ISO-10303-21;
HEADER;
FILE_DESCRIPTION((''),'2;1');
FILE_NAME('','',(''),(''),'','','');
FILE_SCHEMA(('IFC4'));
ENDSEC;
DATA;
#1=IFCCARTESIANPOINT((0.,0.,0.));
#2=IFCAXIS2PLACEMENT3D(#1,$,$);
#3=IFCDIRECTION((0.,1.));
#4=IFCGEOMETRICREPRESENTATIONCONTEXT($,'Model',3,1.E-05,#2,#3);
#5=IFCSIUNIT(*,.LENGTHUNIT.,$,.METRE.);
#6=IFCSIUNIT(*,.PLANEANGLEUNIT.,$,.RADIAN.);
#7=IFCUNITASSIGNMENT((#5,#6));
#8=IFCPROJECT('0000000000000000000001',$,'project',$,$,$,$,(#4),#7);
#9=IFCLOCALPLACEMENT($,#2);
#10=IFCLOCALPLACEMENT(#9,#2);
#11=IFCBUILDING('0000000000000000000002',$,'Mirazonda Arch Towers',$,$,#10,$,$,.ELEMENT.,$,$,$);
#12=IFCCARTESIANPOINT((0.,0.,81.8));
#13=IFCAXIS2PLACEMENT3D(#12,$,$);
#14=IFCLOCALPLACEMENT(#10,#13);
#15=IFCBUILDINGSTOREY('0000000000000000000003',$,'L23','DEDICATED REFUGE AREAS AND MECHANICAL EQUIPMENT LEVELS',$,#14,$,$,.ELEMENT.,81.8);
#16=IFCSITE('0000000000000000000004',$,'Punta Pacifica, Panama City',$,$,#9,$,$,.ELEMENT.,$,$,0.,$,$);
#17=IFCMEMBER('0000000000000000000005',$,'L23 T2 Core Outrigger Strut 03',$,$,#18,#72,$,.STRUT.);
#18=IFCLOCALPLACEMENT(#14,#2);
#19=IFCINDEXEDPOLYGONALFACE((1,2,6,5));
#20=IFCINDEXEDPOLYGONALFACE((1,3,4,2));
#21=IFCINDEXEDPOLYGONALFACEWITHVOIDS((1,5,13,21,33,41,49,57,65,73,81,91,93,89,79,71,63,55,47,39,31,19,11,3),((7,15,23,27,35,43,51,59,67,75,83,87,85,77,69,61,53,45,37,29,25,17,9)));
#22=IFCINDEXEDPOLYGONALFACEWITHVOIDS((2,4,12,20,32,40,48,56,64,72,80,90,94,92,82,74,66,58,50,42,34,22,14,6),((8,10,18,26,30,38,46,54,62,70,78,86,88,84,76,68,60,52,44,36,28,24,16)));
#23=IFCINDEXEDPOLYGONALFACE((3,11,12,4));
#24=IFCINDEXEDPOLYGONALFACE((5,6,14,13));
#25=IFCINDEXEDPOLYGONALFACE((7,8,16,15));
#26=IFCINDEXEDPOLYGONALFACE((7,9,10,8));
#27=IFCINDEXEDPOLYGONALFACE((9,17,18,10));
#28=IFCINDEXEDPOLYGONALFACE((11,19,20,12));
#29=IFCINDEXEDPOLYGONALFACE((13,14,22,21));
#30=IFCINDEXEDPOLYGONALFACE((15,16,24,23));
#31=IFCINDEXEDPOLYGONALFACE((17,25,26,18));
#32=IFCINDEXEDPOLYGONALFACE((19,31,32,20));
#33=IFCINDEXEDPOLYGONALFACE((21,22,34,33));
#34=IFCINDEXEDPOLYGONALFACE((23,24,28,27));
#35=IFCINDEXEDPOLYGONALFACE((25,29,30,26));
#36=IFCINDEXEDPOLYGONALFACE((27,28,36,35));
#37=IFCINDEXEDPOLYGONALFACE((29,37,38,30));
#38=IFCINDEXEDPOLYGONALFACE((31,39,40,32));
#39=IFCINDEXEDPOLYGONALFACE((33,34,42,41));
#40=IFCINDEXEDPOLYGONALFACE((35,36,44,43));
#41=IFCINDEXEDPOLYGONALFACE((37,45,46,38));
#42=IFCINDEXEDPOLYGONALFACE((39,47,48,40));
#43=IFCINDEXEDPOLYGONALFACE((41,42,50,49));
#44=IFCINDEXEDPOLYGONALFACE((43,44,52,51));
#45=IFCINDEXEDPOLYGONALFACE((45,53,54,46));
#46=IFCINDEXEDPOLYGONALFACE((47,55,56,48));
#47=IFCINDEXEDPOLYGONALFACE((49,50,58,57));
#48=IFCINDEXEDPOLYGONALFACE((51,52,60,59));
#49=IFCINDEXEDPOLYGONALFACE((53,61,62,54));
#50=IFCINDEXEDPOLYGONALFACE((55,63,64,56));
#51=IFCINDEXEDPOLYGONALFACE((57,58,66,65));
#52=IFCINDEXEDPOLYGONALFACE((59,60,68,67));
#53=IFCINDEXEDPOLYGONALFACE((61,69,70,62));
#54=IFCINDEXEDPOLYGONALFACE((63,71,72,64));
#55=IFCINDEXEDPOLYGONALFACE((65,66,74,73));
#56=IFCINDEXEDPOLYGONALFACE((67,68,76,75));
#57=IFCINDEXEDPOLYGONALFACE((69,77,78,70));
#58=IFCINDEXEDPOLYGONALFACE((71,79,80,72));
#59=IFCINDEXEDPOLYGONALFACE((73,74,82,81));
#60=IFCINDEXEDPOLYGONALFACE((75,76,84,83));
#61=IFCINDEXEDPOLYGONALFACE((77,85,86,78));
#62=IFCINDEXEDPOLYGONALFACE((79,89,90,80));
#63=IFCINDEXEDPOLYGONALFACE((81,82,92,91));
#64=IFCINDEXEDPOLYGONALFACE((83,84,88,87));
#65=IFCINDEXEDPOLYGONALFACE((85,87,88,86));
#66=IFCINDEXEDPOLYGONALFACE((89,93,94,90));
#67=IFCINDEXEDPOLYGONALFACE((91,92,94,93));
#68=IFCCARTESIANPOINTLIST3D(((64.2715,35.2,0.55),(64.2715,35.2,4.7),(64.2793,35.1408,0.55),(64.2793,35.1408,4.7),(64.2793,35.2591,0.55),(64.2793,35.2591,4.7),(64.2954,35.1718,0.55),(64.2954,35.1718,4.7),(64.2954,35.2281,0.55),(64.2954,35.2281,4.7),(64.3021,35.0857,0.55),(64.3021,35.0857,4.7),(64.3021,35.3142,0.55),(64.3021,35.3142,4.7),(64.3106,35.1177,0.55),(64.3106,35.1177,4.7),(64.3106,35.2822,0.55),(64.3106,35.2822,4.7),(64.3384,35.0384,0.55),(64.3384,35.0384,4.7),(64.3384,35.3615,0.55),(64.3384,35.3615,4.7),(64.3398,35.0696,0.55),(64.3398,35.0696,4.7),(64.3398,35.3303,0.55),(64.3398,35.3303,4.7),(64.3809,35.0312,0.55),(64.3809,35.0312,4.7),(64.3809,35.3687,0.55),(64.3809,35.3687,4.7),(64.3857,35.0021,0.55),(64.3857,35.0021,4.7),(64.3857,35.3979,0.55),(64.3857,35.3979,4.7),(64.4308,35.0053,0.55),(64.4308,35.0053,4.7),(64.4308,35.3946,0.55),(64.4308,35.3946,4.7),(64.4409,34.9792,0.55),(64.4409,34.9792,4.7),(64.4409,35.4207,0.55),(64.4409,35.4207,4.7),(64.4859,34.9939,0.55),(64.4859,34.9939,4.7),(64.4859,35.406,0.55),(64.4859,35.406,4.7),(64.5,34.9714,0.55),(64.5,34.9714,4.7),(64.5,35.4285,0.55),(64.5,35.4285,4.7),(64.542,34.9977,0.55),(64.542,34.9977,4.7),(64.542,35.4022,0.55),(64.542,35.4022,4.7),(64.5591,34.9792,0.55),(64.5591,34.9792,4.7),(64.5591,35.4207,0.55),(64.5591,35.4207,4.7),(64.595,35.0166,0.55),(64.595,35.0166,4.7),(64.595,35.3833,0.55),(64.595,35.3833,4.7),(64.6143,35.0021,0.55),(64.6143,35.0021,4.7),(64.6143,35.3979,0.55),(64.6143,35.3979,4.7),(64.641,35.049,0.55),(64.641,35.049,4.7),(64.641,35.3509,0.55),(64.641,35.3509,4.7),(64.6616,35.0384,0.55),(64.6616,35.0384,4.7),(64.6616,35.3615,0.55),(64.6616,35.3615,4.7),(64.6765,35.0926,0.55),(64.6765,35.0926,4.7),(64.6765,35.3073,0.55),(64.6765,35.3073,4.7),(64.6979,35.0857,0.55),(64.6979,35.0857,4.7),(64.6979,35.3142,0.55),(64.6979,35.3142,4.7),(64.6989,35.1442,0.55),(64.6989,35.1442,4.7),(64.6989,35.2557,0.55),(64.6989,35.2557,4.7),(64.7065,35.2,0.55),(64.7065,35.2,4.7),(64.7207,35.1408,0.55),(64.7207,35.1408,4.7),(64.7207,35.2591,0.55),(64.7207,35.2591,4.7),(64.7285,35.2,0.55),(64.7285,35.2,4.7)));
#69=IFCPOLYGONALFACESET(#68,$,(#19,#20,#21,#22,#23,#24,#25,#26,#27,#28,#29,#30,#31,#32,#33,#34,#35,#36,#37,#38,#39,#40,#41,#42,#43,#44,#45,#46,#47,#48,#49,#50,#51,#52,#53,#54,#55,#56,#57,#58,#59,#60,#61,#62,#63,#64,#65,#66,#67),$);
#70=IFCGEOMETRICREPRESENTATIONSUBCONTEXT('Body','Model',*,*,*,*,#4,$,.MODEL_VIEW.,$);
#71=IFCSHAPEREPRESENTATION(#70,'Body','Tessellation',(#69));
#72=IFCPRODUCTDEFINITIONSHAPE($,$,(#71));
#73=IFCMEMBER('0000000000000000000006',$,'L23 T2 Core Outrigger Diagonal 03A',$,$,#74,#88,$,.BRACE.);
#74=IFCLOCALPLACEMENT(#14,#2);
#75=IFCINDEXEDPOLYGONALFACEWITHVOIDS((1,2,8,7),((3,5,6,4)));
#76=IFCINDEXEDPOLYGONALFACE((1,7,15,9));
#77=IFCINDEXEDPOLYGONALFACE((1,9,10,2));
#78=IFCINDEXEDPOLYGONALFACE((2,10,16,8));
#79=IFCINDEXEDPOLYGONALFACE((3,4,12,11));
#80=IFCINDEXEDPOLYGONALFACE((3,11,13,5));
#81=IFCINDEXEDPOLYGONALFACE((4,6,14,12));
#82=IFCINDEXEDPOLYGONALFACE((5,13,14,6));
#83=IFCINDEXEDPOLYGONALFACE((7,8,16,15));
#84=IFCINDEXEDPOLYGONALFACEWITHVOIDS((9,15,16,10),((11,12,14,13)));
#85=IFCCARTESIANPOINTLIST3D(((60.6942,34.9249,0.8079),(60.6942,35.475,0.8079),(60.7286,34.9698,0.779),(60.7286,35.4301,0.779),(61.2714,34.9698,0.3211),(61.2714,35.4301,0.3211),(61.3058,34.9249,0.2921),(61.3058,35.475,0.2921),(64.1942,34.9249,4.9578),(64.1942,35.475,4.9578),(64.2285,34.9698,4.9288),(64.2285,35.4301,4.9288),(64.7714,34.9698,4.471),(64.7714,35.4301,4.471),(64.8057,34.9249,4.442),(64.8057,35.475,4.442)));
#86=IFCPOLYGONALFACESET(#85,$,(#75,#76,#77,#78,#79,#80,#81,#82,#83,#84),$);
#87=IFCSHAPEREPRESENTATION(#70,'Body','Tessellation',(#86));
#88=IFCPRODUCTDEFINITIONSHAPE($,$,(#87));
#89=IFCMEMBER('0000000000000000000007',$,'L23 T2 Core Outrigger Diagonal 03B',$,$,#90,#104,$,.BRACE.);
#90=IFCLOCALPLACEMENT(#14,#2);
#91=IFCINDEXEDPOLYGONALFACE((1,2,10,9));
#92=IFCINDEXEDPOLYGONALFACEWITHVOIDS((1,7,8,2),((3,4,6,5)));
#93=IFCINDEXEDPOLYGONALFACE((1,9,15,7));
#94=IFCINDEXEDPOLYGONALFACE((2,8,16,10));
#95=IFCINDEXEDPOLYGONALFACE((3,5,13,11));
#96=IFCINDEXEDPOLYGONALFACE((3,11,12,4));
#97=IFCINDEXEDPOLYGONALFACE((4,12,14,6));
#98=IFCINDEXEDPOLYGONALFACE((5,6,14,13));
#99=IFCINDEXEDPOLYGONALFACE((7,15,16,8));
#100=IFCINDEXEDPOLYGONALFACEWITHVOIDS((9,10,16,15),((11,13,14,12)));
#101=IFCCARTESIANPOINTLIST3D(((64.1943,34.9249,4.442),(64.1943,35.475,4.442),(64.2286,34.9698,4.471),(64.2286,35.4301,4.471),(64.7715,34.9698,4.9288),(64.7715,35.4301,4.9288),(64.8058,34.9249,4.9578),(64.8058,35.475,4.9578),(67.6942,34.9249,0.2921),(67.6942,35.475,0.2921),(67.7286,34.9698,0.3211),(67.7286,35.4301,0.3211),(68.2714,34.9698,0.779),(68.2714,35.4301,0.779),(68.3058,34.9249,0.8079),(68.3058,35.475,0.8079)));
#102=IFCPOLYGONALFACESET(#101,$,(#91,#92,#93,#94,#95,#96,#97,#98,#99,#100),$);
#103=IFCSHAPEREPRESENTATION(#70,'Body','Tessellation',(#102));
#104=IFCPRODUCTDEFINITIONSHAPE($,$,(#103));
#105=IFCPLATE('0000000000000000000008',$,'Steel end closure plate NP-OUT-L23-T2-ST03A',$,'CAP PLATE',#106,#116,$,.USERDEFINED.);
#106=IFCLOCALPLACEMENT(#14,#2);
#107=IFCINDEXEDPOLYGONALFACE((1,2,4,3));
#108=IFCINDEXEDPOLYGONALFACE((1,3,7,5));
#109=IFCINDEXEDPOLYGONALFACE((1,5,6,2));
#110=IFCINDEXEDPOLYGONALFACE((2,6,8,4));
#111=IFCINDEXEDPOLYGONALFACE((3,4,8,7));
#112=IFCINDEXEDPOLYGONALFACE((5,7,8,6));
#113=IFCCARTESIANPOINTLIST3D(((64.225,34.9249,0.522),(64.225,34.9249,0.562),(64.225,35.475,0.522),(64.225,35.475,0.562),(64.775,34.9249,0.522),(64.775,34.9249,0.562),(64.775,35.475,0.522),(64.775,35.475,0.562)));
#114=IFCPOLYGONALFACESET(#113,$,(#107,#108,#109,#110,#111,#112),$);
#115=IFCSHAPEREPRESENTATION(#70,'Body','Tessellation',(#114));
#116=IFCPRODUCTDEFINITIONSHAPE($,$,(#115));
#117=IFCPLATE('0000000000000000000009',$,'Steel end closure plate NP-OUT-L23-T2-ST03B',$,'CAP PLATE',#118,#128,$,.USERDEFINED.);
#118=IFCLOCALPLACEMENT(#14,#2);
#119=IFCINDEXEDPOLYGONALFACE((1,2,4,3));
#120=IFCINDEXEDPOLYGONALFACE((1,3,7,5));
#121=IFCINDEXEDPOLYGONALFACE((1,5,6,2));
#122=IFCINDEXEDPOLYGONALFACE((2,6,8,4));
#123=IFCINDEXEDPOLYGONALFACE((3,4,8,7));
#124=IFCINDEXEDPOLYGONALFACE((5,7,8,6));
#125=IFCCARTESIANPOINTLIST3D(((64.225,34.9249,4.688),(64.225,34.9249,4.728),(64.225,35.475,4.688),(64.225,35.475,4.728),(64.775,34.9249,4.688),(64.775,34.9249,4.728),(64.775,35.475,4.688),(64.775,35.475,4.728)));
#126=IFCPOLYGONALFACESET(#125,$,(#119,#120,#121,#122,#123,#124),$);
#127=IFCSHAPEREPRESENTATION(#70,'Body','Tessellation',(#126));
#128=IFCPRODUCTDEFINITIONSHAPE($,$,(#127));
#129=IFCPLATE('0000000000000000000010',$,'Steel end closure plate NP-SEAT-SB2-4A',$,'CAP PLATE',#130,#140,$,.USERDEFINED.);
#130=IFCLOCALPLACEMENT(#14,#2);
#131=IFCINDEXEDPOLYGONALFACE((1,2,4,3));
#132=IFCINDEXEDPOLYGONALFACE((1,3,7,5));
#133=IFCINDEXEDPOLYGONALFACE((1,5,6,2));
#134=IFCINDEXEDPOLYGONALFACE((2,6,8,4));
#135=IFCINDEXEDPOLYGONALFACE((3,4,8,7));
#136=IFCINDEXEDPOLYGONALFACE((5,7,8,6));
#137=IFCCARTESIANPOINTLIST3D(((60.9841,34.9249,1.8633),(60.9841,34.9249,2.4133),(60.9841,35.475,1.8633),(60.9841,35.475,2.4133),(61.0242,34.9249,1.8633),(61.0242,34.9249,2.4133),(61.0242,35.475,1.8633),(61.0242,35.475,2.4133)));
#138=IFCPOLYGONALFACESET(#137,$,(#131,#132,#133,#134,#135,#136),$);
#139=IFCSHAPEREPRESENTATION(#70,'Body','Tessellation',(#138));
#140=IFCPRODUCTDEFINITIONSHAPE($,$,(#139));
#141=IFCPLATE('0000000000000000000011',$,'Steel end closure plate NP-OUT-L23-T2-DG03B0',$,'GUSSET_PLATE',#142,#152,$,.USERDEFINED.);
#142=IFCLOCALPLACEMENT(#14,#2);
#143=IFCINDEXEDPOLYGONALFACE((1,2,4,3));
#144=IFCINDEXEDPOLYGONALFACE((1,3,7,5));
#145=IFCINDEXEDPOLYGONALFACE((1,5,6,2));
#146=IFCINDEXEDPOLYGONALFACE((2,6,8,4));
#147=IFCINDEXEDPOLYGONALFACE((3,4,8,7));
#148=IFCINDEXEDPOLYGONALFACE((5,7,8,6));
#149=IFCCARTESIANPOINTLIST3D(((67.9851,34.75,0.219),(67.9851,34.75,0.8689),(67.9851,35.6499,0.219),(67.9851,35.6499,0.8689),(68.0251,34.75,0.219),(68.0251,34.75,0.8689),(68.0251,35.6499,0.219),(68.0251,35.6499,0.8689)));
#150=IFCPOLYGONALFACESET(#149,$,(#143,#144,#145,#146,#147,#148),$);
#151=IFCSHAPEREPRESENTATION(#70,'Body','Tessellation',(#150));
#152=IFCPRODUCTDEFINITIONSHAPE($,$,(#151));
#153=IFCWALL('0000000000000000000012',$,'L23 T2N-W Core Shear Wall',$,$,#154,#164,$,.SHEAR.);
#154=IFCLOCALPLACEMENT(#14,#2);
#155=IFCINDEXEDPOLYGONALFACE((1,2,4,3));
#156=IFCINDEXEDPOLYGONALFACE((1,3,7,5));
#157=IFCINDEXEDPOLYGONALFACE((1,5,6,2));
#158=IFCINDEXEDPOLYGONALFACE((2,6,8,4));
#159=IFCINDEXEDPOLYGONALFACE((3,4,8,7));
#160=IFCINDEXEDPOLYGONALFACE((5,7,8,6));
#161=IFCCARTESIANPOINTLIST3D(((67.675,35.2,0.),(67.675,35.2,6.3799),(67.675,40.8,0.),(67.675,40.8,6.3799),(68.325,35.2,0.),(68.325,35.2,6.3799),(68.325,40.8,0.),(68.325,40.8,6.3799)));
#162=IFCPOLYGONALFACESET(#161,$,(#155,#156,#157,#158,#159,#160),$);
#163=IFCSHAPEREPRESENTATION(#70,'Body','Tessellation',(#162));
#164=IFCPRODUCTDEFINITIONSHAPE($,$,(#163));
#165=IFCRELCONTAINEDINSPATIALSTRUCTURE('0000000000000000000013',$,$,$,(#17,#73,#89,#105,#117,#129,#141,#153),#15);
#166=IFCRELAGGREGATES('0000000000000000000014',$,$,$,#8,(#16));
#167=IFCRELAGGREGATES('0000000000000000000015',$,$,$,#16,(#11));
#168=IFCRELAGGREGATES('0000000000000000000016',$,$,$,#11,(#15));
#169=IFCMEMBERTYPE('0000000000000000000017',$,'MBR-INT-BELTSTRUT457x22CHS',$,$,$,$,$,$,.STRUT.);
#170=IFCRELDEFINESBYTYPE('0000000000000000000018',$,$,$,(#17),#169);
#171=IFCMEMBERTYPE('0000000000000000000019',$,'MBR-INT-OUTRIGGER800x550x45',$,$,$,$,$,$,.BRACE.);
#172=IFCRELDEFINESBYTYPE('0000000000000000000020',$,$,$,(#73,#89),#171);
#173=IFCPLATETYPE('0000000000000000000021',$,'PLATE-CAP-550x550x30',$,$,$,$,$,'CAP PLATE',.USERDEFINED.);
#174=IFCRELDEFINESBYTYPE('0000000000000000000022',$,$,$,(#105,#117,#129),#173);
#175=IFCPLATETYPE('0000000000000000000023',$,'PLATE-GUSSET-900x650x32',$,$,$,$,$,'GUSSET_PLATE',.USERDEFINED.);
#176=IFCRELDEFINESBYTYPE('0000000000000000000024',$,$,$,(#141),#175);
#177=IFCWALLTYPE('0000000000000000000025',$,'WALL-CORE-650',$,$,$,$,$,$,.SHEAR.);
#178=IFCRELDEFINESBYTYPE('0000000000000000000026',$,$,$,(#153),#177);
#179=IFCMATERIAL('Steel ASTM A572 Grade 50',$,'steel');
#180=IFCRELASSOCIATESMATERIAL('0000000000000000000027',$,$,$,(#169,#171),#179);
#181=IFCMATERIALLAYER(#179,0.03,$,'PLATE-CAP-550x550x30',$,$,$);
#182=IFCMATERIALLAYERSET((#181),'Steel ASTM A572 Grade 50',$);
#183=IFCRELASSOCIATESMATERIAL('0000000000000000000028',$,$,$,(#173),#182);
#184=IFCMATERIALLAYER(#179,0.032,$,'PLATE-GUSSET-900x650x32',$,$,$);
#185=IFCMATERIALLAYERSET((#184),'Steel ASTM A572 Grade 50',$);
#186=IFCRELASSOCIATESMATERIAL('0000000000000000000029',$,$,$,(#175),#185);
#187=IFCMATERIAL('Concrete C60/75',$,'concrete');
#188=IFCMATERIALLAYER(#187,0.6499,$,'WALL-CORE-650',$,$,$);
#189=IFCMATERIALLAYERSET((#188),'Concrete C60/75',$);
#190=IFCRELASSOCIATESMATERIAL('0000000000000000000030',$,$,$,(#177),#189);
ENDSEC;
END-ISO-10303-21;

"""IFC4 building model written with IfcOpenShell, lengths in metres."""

from ifc_helpers import new_model, si_unit, direction, frame, frame_2d, origin, origin_2d, place, context, subcontext, project, spatial, rectangle, hollow_rectangle, hollow_circle, extrude, material, layer, layer_set, material_profile, profile_set, type_object, element, save


model = new_model("IFC4")

# Units and contexts
model_context = context("Model", 3, precision=1e-05, world=origin(), true_north=direction((0.0, 1.0)))
body_context = subcontext(model_context, "Body", "Model", "MODEL_VIEW")
ifc_project = project(units=[si_unit("LENGTHUNIT", "METRE"), si_unit("PLANEANGLEUNIT", "RADIAN")], contexts=[model_context])

# Site, building, storey
site_placement = place(None, origin())
site = spatial("IfcSite", under=ifc_project, at=site_placement, Name="Punta Pacifica, Panama City", CompositionType="ELEMENT", RefElevation=0.0)
building_placement = place(site_placement, origin())
building = spatial("IfcBuilding", under=site, at=building_placement, Name="Mirazonda Arch Towers", CompositionType="ELEMENT")
storey_placement = place(building_placement, frame((0.0, 0.0, 81.8)))
storey = spatial("IfcBuildingStorey", under=building, at=storey_placement, Name="L23", Description="DEDICATED REFUGE AREAS AND MECHANICAL EQUIPMENT LEVELS", CompositionType="ELEMENT", Elevation=81.8)

# Members
ifc_material_1 = material(Name="Steel ASTM A572 Grade 50", Category="steel")
ifc_material_profile_1 = material_profile(ifc_material_1, hollow_circle(Radius=0.2285, WallThickness=0.022, at=origin_2d()), Name="BELTSTRUT457x22CHS")
ifc_profile_set_1 = profile_set([ifc_material_profile_1], Name="Steel ASTM A572 Grade 50")
member_type_1 = type_object("IfcMemberType", Name="MBR-INT-BELTSTRUT457x22CHS", PredefinedType="STRUT", material=ifc_profile_set_1)
member_1_placement = place(storey_placement, frame((64.5, 35.2, 0.55), z_axis=(0.0, 0.0, 1.0), x_axis=(1.0, 0.0, 0.0)))
element("IfcMember", 1, at=member_1_placement, inside=storey, type_object=member_type_1, Name="L23 T2 Core Outrigger Strut 03", PredefinedType="STRUT", context=body_context, shape_type="SweptSolid", body=[
    extrude(hollow_circle(Radius=0.2285, WallThickness=0.022, at=origin_2d()), origin(), (0.0, 0.0, 1.0), 4.1499),
])
ifc_material_profile_2 = material_profile(ifc_material_1, hollow_rectangle(XDim=0.55, YDim=0.8, WallThickness=0.0449, at=origin_2d()), Name="OUTRIGGER800x550x45")
ifc_profile_set_2 = profile_set([ifc_material_profile_2], Name="Steel ASTM A572 Grade 50")
member_type_2 = type_object("IfcMemberType", Name="MBR-INT-OUTRIGGER800x550x45", PredefinedType="BRACE", material=ifc_profile_set_2)
for number, where, z_axis, x_axis, name in (
    (2, (61.0, 35.2, 0.55), (0.644712, 0.0, 0.764426), (0.0, 1.0, 0.0), "L23 T2 Core Outrigger Diagonal 03A"),
    (3, (68.0, 35.2, 0.55), (-0.644712, 0.0, 0.764426), (0.0, -1.0, 0.0), "L23 T2 Core Outrigger Diagonal 03B"),
):
    element("IfcMember", number, at=place(storey_placement, frame(where, z_axis=z_axis, x_axis=x_axis)), inside=storey, type_object=member_type_2, Name=name, PredefinedType="BRACE", context=body_context, shape_type="SweptSolid", body=[
        extrude(hollow_rectangle(XDim=0.55, YDim=0.8, WallThickness=0.0449, at=origin_2d()), origin(), (0.0, 0.0, 1.0), 5.4287),
    ])

# Plates
ifc_layer_1 = layer(ifc_material_1, 0.03, Name="PLATE-CAP-550x550x30")
ifc_layer_set_1 = layer_set([ifc_layer_1], Name="Steel ASTM A572 Grade 50")
plate_type_1 = type_object("IfcPlateType", Name="PLATE-CAP-550x550x30", ElementType="CAP PLATE", PredefinedType="USERDEFINED", material=ifc_layer_set_1)
for number, where, z_axis, x_axis, name in (
    (4, (64.5, 35.2, 0.522), (0.0, 0.0, 1.0), (1.0, 0.0, 0.0), "Steel end closure plate NP-OUT-L23-T2-ST03A"),
    (5, (64.5, 35.2, 4.688), (0.0, 0.0, 1.0), (1.0, 0.0, 0.0), "Steel end closure plate NP-OUT-L23-T2-ST03B"),
):
    element("IfcPlate", number, at=place(storey_placement, frame(where, z_axis=z_axis, x_axis=x_axis)), inside=storey, type_object=plate_type_1, Name=name, ObjectType="CAP PLATE", PredefinedType="USERDEFINED", context=body_context, shape_type="SweptSolid", body=[
        extrude(rectangle(XDim=0.55, YDim=0.55, at=origin_2d()), origin(), (0.0, 0.0, 1.0), 0.04),
    ])
plate_1_placement = place(storey_placement, frame((61.0042, 35.2, 1.8633), z_axis=(0.0, 0.0, 1.0), x_axis=(1.0, 0.0, 0.0)))
element("IfcPlate", 6, at=plate_1_placement, inside=storey, type_object=plate_type_1, Name="Steel end closure plate NP-SEAT-SB2-4A", ObjectType="CAP PLATE", PredefinedType="USERDEFINED", context=body_context, shape_type="SweptSolid", body=[
    extrude(rectangle(XDim=0.04, YDim=0.55, at=origin_2d()), origin(), (0.0, 0.0, 1.0), 0.55),
])
ifc_layer_2 = layer(ifc_material_1, 0.032, Name="PLATE-GUSSET-900x650x32")
ifc_layer_set_2 = layer_set([ifc_layer_2], Name="Steel ASTM A572 Grade 50")
plate_type_2 = type_object("IfcPlateType", Name="PLATE-GUSSET-900x650x32", ElementType="GUSSET_PLATE", PredefinedType="USERDEFINED", material=ifc_layer_set_2)
plate_2_placement = place(storey_placement, frame((68.0051, 35.2, 0.219), z_axis=(0.0, 0.0, 1.0), x_axis=(1.0, 0.0, 0.0)))
element("IfcPlate", 7, at=plate_2_placement, inside=storey, type_object=plate_type_2, Name="Steel end closure plate NP-OUT-L23-T2-DG03B0", ObjectType="GUSSET_PLATE", PredefinedType="USERDEFINED", context=body_context, shape_type="SweptSolid", body=[
    extrude(rectangle(XDim=0.04, YDim=0.8999, at=origin_2d()), origin(), (0.0, 0.0, 1.0), 0.6499),
])

# Wall
ifc_material_2 = material(Name="Concrete C60/75", Category="concrete")
ifc_layer_3 = layer(ifc_material_2, 0.6499, Name="WALL-CORE-650")
ifc_layer_set_3 = layer_set([ifc_layer_3], Name="Concrete C60/75")
wall_type_1 = type_object("IfcWallType", Name="WALL-CORE-650", PredefinedType="SHEAR", material=ifc_layer_set_3)
wall_1_placement = place(storey_placement, frame((68.0, 35.2, 0.0), z_axis=(0.0, 0.0, 1.0), x_axis=(0.0, 1.0, 0.0)))
element("IfcWall", 8, at=wall_1_placement, inside=storey, type_object=wall_type_1, Name="L23 T2N-W Core Shear Wall", PredefinedType="SHEAR", context=body_context, shape_type="SweptSolid", body=[
    extrude(rectangle(XDim=5.6001, YDim=0.6499, at=frame_2d((2.8, 0.0))), origin(), (0.0, 0.0, 1.0), 6.3799),
])

save(model, "model.ifc")
